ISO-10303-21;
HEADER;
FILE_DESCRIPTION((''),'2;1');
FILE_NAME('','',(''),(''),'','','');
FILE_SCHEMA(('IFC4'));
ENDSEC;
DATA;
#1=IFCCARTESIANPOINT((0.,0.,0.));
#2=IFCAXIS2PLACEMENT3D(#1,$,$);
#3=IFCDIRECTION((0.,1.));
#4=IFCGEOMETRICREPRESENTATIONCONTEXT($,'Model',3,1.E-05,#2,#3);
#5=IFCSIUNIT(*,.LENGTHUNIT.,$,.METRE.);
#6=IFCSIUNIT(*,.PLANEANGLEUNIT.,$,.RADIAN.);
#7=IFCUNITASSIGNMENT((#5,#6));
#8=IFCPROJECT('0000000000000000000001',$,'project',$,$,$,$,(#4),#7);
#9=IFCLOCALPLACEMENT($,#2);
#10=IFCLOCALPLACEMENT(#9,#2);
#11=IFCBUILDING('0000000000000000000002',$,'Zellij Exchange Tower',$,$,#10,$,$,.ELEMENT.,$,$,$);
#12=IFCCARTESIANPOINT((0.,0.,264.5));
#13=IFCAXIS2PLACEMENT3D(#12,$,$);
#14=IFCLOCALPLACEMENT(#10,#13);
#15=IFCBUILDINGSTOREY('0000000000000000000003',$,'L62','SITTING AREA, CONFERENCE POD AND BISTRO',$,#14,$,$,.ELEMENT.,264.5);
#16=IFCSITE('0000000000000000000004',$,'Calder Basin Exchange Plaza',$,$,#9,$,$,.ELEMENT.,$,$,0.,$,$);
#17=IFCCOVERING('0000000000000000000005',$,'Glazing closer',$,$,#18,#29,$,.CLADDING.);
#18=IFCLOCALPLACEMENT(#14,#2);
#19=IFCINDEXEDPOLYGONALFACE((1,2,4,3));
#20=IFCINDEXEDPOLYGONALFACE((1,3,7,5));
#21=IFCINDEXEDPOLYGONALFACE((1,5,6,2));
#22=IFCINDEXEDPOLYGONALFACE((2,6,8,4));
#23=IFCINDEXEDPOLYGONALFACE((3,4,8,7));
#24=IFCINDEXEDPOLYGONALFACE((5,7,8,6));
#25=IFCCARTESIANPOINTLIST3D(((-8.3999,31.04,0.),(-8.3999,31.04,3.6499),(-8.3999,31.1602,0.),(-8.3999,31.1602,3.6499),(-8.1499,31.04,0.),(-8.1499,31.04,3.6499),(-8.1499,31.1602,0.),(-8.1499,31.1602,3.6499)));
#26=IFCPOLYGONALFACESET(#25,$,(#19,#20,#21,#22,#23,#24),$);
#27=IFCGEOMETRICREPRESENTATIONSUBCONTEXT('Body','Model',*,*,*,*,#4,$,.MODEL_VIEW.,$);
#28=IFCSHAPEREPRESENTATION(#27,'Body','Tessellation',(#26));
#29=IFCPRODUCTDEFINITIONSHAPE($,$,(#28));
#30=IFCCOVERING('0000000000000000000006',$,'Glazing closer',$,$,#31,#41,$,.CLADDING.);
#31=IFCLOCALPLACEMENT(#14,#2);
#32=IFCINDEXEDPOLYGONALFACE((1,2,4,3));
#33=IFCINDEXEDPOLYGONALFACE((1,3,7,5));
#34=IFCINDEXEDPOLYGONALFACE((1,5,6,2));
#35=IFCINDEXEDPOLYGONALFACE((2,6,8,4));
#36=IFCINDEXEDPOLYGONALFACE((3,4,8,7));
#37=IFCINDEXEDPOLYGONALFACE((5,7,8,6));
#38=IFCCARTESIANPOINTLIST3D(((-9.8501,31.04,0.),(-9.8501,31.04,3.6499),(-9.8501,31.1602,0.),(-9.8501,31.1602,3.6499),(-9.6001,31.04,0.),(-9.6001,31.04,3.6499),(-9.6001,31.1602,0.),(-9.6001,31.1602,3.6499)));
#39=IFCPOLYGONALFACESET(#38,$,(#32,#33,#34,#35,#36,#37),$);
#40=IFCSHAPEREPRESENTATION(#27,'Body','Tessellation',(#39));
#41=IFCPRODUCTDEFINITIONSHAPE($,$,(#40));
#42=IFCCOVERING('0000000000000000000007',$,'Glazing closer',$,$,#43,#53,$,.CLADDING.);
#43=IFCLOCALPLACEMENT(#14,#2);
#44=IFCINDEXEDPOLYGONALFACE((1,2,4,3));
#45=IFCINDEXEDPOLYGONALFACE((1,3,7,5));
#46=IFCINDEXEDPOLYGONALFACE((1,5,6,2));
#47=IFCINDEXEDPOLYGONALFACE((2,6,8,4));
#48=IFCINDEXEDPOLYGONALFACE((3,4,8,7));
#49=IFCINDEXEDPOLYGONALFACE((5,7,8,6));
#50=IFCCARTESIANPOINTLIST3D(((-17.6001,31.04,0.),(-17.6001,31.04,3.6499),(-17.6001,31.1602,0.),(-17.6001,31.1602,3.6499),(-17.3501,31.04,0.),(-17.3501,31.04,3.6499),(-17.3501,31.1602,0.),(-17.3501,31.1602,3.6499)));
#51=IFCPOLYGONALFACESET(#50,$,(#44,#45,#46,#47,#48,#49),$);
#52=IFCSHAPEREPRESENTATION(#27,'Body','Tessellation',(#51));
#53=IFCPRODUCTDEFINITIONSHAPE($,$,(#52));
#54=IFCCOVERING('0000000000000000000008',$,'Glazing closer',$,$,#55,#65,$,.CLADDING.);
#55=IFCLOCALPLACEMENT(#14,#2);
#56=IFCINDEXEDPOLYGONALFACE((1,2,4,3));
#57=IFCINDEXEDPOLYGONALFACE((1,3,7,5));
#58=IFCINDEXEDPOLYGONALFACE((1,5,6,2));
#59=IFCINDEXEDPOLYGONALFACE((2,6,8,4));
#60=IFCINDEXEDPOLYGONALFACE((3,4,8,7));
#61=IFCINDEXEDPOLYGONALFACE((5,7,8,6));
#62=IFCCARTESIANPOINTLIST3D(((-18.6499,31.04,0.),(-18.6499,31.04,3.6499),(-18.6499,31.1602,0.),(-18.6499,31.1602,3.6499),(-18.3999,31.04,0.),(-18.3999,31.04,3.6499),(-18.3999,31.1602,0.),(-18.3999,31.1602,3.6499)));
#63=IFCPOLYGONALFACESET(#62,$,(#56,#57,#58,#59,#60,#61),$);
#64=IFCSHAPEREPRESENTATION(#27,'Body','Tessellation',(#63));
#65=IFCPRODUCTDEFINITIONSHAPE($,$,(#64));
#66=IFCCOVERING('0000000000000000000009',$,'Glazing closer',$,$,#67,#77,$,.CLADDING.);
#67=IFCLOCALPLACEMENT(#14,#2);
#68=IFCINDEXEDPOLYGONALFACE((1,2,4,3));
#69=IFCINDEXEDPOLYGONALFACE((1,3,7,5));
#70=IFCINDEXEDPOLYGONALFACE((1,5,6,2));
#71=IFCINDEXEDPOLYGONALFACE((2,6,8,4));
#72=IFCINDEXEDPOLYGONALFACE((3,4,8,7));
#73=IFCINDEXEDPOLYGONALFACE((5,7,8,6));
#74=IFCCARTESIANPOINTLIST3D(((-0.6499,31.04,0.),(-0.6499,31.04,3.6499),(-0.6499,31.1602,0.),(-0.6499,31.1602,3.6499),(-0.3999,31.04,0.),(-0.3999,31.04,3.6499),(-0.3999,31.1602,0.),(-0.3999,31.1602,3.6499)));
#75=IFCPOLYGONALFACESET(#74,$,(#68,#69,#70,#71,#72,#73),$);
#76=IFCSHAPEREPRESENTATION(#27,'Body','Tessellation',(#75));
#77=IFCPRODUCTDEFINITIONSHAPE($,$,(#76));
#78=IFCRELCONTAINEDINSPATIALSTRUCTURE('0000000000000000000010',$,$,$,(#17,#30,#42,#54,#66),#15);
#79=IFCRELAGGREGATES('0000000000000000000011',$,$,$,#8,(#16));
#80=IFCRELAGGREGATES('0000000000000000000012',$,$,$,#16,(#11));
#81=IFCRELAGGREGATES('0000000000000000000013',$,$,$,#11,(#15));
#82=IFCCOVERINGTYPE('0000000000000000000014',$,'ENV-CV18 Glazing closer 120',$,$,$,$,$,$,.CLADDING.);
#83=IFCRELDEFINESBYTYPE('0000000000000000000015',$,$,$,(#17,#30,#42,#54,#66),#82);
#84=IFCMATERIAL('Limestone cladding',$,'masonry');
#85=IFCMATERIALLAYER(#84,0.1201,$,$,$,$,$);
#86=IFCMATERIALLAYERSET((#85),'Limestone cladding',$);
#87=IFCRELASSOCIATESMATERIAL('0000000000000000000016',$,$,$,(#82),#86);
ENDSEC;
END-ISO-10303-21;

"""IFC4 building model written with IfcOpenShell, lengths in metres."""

from ifc_helpers import new_model, si_unit, direction, frame, origin, origin_2d, place, context, subcontext, project, spatial, rectangle, extrude, material, layer, layer_set, type_object, element, save


model = new_model("IFC4")

# Units and contexts
model_context = context("Model", 3, precision=1e-05, world=origin(), true_north=direction((0.0, 1.0)))
body_context = subcontext(model_context, "Body", "Model", "MODEL_VIEW")
ifc_project = project(units=[si_unit("LENGTHUNIT", "METRE"), si_unit("PLANEANGLEUNIT", "RADIAN")], contexts=[model_context])

# Site, building, storey
site_placement = place(None, origin())
site = spatial("IfcSite", under=ifc_project, at=site_placement, Name="Calder Basin Exchange Plaza", CompositionType="ELEMENT", RefElevation=0.0)
building_placement = place(site_placement, origin())
building = spatial("IfcBuilding", under=site, at=building_placement, Name="Zellij Exchange Tower", CompositionType="ELEMENT")
storey_placement = place(building_placement, frame((0.0, 0.0, 264.5)))
storey = spatial("IfcBuildingStorey", under=building, at=storey_placement, Name="L62", Description="SITTING AREA, CONFERENCE POD AND BISTRO", CompositionType="ELEMENT", Elevation=264.5)

# Coverings
ifc_material_1 = material(Name="Limestone cladding", Category="masonry")
ifc_layer_1 = layer(ifc_material_1, 0.1201)
ifc_layer_set_1 = layer_set([ifc_layer_1], Name="Limestone cladding")
covering_type = type_object("IfcCoveringType", Name="ENV-CV18 Glazing closer 120", PredefinedType="CLADDING", material=ifc_layer_set_1)
for number, where, z_axis, x_axis, name in (
    (1, (-8.2749, 31.1001, 0.0), (0.0, 0.0, 1.0), (-1.0, 0.0, 0.0), "Glazing closer"),
    (2, (-9.7251, 31.1001, 0.0), (0.0, 0.0, 1.0), (1.0, 0.0, 0.0), "Glazing closer"),
    (3, (-17.4751, 31.1001, 0.0), (0.0, 0.0, 1.0), (-1.0, 0.0, 0.0), "Glazing closer"),
    (4, (-18.5249, 31.1001, 0.0), (0.0, 0.0, 1.0), (1.0, 0.0, 0.0), "Glazing closer"),
    (5, (-0.5249, 31.1001, 0.0), (0.0, 0.0, 1.0), (1.0, 0.0, 0.0), "Glazing closer"),
):
    element("IfcCovering", number, at=place(storey_placement, frame(where, z_axis=z_axis, x_axis=x_axis)), inside=storey, type_object=covering_type, Name=name, PredefinedType="CLADDING", context=body_context, shape_type="SweptSolid", body=[
        extrude(rectangle(XDim=0.25, YDim=0.1201, at=origin_2d()), origin(), (0.0, 0.0, 1.0), 3.6499),
    ])

save(model, "model.ifc")
